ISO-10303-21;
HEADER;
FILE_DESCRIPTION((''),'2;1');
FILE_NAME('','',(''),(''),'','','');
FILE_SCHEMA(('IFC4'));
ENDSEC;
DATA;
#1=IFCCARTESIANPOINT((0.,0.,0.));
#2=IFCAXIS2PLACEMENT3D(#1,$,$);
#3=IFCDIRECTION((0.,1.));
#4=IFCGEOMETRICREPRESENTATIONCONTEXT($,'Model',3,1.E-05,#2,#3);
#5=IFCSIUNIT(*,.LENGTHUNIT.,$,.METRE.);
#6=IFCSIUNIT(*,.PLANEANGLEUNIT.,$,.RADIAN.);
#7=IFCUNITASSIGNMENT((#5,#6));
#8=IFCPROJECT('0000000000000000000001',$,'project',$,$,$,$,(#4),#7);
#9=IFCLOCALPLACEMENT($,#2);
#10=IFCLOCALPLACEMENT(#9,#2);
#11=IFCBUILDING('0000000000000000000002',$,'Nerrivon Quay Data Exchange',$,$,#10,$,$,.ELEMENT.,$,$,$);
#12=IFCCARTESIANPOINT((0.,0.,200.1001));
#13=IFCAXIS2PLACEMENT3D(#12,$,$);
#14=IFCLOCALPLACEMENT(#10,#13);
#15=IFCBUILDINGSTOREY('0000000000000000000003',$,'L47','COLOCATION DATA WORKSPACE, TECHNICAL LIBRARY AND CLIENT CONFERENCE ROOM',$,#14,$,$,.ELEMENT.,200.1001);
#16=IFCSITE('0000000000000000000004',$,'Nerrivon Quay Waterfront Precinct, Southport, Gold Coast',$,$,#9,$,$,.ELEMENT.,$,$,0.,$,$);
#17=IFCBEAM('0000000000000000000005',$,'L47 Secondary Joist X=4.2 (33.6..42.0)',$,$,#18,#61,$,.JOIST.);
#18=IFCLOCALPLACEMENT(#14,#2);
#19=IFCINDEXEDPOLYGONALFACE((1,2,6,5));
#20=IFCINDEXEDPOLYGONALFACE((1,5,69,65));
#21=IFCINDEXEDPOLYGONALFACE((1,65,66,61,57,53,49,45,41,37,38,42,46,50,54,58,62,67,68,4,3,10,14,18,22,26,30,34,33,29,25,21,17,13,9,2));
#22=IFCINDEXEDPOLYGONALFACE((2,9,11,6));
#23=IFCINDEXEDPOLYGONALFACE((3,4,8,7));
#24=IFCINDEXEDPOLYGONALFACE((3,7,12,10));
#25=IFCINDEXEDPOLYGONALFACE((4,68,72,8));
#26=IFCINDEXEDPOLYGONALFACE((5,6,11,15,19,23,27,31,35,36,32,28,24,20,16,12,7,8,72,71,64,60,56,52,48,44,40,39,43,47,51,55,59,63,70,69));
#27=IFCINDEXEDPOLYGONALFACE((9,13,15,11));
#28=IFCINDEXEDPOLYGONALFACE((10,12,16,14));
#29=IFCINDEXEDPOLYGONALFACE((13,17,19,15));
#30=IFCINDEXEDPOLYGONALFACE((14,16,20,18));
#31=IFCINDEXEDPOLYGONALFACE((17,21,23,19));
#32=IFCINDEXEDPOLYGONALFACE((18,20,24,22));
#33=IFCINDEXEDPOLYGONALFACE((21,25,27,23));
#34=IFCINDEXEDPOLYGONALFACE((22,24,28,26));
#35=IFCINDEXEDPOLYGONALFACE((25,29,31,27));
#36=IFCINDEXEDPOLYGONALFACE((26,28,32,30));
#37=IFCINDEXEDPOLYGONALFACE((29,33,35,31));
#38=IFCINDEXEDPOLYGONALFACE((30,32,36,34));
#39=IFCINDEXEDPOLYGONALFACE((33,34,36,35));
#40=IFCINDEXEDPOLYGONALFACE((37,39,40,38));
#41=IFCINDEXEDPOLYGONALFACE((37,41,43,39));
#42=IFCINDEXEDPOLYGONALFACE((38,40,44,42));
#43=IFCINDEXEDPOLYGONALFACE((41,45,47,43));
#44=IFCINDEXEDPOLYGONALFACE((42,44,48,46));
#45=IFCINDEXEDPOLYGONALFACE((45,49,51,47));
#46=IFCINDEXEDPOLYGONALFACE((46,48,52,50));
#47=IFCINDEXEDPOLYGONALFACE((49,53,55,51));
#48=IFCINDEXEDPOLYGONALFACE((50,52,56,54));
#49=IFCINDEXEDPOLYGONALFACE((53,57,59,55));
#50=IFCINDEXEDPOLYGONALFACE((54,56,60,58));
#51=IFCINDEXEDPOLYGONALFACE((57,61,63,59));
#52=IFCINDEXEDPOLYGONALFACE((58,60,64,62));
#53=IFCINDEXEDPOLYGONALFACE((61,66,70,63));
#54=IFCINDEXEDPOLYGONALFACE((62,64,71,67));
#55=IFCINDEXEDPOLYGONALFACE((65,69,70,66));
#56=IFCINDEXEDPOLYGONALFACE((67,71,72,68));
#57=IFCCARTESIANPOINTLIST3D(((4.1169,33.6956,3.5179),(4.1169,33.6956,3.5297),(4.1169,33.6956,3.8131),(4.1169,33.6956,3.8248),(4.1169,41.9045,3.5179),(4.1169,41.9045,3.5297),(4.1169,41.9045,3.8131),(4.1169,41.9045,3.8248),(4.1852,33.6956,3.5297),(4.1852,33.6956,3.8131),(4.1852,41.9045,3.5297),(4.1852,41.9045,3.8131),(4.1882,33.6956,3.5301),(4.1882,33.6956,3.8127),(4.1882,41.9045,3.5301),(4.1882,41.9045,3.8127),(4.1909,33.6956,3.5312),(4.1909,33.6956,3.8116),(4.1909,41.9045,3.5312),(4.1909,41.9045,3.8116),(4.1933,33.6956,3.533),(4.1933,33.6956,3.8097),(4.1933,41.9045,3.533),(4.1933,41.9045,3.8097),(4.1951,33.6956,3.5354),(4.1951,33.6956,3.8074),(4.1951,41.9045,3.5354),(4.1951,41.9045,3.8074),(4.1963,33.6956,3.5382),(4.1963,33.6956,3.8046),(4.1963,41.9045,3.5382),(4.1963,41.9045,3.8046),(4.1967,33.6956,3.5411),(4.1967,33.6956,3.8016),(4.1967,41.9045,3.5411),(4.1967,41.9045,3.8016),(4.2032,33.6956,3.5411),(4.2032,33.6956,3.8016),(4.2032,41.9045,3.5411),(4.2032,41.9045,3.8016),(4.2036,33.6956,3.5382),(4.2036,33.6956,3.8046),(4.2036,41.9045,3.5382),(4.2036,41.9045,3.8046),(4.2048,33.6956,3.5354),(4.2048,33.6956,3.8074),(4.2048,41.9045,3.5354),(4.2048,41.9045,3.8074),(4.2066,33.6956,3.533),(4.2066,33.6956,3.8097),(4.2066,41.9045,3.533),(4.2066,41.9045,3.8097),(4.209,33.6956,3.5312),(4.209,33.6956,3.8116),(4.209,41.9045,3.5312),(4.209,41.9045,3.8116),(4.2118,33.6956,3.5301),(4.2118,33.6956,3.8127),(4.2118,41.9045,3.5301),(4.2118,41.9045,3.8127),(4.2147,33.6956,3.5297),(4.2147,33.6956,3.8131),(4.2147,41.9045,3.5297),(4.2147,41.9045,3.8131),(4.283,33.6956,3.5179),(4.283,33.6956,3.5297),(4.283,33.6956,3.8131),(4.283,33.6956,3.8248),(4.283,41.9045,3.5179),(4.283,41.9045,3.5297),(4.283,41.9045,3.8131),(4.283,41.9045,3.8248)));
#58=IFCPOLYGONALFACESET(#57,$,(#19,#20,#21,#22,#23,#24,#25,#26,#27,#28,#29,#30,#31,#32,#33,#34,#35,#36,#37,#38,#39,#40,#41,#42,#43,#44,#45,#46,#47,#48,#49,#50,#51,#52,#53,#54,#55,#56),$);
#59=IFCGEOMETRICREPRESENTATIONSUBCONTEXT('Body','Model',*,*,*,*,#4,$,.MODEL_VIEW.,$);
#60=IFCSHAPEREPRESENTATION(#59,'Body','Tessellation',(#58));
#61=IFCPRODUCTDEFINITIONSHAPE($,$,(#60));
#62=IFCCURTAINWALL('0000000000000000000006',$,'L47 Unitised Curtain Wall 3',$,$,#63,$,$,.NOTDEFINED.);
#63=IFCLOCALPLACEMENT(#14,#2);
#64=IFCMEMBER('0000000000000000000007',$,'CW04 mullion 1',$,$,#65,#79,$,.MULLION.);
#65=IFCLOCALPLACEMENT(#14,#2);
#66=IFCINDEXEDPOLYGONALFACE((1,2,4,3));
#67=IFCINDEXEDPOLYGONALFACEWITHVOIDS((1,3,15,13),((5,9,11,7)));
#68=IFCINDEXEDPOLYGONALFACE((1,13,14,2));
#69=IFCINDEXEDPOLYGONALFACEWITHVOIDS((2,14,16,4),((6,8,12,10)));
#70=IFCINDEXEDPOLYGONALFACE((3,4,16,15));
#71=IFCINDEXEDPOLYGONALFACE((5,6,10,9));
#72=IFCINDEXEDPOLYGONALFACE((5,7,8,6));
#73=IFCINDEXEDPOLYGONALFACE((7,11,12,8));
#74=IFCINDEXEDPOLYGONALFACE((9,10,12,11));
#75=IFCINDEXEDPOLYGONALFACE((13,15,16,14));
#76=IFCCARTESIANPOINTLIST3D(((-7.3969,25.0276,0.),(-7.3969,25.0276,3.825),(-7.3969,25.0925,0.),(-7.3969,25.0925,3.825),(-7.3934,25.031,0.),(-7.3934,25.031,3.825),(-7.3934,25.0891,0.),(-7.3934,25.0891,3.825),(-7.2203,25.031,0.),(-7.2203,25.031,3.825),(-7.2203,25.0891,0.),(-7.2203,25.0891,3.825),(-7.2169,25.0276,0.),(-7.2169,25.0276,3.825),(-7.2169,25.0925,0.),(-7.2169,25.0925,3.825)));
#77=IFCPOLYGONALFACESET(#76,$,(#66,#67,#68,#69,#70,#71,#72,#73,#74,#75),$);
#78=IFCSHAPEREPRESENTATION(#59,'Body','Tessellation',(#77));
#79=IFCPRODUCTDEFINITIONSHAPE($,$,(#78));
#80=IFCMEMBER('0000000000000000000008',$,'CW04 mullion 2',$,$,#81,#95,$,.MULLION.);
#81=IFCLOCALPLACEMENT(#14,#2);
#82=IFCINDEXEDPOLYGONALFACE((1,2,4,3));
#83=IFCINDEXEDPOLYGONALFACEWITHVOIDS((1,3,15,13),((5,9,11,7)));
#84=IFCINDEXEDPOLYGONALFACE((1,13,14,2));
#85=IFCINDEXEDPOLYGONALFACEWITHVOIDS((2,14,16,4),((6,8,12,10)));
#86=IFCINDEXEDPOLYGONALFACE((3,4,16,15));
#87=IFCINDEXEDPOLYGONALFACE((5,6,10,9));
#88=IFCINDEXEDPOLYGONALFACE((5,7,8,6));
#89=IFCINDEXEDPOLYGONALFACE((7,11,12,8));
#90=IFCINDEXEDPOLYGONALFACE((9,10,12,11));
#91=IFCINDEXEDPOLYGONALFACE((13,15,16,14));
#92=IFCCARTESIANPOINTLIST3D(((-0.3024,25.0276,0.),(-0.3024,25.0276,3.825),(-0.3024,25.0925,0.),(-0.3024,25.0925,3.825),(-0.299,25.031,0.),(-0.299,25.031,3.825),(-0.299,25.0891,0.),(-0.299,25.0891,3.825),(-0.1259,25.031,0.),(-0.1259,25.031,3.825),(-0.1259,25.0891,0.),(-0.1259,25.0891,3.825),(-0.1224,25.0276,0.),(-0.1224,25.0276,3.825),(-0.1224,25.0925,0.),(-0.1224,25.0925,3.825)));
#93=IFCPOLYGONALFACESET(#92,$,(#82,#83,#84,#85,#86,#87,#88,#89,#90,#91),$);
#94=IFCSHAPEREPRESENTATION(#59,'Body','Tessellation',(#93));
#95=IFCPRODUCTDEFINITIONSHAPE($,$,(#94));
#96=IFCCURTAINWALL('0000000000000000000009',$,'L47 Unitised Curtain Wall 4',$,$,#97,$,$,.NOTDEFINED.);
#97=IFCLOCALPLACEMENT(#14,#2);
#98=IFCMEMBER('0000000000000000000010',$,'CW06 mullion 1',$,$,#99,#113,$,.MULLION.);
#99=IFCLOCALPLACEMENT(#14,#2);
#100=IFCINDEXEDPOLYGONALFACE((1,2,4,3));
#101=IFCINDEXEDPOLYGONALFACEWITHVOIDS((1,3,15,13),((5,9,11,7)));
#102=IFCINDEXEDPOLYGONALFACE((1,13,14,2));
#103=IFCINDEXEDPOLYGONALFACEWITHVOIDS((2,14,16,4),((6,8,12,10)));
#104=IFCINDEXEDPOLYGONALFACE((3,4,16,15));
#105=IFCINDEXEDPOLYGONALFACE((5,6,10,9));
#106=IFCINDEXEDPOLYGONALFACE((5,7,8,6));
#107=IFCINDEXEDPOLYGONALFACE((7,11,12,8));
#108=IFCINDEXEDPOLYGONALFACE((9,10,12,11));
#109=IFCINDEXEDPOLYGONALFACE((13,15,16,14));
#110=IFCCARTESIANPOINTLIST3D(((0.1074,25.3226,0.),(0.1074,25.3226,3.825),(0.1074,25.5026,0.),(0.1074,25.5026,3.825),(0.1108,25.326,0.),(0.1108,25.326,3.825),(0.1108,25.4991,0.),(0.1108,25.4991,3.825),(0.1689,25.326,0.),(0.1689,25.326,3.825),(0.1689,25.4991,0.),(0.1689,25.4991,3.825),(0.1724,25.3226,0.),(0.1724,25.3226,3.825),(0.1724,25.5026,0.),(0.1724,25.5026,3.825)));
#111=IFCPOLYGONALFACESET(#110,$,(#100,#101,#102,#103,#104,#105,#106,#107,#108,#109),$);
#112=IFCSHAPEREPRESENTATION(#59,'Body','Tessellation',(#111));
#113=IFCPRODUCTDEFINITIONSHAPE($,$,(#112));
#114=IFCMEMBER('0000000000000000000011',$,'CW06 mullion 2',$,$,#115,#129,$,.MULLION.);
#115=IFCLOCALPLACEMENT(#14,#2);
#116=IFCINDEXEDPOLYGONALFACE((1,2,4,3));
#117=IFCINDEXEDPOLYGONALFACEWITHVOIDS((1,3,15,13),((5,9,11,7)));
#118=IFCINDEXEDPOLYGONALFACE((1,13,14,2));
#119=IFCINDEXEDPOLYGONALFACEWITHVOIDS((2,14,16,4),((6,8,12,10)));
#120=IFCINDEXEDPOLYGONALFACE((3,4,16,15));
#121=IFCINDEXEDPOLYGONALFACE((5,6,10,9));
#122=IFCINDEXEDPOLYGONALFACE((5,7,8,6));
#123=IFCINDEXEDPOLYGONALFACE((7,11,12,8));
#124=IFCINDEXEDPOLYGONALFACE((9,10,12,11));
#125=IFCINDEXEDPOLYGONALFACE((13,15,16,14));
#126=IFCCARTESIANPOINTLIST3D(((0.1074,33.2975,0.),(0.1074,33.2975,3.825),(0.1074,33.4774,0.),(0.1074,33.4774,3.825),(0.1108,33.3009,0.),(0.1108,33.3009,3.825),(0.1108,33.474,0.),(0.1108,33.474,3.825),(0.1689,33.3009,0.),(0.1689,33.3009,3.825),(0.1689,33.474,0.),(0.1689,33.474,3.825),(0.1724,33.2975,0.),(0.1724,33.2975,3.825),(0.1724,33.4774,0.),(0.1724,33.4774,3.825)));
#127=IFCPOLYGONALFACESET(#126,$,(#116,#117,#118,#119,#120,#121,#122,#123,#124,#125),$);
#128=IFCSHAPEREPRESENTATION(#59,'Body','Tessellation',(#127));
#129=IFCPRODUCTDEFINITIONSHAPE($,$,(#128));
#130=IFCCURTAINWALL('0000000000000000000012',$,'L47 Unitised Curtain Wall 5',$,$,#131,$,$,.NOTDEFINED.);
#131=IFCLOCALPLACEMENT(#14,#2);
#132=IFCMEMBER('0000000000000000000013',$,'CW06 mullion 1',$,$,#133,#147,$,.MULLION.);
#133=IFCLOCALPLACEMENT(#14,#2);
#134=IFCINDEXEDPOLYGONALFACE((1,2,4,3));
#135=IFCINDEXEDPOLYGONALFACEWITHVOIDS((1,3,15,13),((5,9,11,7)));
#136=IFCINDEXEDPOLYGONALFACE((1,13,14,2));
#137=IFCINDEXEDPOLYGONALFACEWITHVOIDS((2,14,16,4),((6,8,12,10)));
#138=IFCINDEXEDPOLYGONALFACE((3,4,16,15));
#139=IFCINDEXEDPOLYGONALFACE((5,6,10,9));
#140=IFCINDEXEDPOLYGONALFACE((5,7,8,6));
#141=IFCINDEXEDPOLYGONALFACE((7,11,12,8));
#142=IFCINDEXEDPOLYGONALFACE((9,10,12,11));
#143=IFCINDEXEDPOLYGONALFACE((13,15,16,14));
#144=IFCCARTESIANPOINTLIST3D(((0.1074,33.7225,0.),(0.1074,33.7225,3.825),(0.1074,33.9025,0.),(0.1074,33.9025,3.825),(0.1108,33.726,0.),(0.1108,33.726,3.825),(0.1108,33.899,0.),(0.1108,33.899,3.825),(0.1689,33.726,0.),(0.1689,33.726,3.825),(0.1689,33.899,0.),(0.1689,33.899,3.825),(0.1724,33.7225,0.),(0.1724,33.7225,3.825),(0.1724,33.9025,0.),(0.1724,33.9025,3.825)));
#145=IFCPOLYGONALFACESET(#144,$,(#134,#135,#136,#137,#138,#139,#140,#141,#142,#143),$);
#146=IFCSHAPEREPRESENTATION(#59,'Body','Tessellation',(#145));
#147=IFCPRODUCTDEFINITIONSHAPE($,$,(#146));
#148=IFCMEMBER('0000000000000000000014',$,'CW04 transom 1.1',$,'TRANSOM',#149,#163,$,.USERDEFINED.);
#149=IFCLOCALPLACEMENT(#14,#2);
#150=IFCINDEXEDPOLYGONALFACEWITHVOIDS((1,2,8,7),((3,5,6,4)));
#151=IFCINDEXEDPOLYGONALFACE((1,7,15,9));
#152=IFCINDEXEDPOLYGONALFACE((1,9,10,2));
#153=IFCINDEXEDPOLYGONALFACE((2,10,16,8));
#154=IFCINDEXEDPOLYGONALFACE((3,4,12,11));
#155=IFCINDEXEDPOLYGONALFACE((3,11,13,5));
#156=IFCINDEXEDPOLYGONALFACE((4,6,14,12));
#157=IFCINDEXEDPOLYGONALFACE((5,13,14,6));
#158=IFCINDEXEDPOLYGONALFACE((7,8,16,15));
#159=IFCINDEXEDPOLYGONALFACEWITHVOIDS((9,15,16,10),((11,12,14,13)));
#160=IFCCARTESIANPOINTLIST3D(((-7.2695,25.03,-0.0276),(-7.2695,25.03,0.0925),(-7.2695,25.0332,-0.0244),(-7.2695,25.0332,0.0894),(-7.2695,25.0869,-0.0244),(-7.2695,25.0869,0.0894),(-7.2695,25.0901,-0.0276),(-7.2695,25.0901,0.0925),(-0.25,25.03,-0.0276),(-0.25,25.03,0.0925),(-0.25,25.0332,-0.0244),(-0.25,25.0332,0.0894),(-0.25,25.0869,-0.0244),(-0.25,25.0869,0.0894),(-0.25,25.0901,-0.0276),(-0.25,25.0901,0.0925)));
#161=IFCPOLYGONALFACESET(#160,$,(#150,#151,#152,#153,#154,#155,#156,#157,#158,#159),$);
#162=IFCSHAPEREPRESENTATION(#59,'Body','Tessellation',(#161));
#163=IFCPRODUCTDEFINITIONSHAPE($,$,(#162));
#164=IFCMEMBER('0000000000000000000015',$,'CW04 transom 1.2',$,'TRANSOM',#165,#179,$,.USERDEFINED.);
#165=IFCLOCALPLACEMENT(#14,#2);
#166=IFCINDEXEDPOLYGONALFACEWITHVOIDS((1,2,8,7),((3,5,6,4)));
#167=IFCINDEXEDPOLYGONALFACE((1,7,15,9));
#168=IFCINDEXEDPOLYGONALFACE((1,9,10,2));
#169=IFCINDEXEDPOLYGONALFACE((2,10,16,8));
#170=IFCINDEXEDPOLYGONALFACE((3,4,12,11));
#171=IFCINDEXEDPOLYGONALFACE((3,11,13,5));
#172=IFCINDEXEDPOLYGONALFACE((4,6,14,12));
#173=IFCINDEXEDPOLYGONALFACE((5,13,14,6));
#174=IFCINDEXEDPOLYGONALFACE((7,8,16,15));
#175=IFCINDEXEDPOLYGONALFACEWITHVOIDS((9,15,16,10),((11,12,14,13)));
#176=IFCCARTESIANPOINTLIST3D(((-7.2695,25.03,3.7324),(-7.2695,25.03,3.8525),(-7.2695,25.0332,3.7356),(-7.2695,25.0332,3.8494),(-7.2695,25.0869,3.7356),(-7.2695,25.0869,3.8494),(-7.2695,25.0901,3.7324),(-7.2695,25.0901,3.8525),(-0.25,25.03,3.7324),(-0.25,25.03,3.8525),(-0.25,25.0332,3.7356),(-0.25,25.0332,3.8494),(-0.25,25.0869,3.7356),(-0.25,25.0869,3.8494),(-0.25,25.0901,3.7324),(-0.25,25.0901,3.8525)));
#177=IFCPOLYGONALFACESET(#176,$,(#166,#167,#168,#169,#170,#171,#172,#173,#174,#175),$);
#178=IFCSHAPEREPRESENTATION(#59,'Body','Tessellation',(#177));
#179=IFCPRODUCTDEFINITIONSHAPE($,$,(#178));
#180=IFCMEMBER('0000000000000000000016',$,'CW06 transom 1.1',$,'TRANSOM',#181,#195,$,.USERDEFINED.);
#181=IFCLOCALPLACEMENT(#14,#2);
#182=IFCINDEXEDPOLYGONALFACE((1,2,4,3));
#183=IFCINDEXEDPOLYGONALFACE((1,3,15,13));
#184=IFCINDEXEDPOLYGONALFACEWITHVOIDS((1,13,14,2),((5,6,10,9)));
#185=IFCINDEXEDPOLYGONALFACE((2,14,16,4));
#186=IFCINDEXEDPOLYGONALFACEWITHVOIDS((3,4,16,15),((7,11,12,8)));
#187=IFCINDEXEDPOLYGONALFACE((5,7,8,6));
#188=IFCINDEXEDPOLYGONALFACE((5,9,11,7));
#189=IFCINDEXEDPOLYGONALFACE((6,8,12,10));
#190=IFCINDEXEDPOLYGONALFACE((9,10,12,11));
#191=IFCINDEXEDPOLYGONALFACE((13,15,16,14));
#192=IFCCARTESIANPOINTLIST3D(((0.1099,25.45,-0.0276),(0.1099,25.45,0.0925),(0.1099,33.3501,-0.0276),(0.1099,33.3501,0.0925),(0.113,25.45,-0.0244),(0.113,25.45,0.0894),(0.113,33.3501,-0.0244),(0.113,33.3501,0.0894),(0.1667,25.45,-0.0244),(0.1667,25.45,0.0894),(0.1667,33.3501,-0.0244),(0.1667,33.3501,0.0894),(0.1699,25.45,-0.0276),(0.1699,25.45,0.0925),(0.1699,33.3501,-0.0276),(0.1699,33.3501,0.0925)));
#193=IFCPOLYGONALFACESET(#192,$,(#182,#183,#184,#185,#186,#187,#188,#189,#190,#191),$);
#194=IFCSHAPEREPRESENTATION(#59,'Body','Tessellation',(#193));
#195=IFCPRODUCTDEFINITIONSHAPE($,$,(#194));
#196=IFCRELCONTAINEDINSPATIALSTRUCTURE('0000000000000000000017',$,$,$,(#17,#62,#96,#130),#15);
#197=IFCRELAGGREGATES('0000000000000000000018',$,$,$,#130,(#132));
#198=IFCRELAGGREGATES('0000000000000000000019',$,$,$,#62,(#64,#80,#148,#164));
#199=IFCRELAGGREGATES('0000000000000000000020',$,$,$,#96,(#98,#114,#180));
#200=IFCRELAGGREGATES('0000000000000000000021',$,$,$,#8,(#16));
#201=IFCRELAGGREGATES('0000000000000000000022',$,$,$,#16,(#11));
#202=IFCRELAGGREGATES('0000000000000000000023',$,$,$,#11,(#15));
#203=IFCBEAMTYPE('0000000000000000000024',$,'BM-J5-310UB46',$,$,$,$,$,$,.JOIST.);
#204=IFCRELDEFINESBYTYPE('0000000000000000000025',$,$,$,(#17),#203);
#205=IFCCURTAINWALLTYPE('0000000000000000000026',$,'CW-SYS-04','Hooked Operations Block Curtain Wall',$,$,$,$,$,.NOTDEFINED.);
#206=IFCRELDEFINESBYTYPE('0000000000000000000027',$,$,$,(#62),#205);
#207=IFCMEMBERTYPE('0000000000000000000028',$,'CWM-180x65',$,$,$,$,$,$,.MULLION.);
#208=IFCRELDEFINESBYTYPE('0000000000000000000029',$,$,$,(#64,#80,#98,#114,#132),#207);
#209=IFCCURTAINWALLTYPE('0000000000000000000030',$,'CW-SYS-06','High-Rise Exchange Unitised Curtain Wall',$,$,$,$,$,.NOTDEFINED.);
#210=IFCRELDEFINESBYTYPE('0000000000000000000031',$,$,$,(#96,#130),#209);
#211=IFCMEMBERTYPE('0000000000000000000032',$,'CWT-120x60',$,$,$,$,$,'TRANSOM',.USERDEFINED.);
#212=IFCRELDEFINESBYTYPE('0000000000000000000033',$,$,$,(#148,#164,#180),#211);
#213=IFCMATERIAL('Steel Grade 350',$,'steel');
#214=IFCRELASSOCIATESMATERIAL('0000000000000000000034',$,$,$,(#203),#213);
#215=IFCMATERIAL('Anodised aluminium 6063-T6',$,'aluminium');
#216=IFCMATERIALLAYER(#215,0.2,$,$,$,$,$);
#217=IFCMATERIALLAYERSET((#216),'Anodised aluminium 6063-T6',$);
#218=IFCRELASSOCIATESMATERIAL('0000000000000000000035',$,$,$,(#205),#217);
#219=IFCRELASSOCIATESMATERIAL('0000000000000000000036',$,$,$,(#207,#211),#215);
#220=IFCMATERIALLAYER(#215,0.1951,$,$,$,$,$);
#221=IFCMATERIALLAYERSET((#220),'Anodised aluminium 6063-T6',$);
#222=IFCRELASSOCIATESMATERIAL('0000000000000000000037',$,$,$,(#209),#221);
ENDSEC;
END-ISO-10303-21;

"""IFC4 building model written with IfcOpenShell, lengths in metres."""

from ifc_helpers import new_model, si_unit, direction, frame, origin, origin_2d, place, context, subcontext, project, spatial, hollow_rectangle, i_section, extrude, material, layer, layer_set, material_profile, profile_set, type_object, element, aggregate, save


model = new_model("IFC4")

# Units and contexts
model_context = context("Model", 3, precision=1e-05, world=origin(), true_north=direction((0.0, 1.0)))
body_context = subcontext(model_context, "Body", "Model", "MODEL_VIEW")
ifc_project = project(units=[si_unit("LENGTHUNIT", "METRE"), si_unit("PLANEANGLEUNIT", "RADIAN")], contexts=[model_context])

# Site, building, storey
site_placement = place(None, origin())
site = spatial("IfcSite", under=ifc_project, at=site_placement, Name="Nerrivon Quay Waterfront Precinct, Southport, Gold Coast", CompositionType="ELEMENT", RefElevation=0.0)
building_placement = place(site_placement, origin())
building = spatial("IfcBuilding", under=site, at=building_placement, Name="Nerrivon Quay Data Exchange", CompositionType="ELEMENT")
storey_placement = place(building_placement, frame((0.0, 0.0, 200.1001)))
storey = spatial("IfcBuildingStorey", under=building, at=storey_placement, Name="L47", Description="COLOCATION DATA WORKSPACE, TECHNICAL LIBRARY AND CLIENT CONFERENCE ROOM", CompositionType="ELEMENT", Elevation=200.1001)

# Shared definitions
ifc_material_1 = material(Name="Steel Grade 350", Category="steel")

# Beam
ifc_material_profile_1 = material_profile(ifc_material_1, i_section(OverallWidth=0.166, OverallDepth=0.3069, WebThickness=0.0066, FlangeThickness=0.0117, FilletRadius=0.0115, at=origin_2d()), Name="310UB46.2")
ifc_profile_set_1 = profile_set([ifc_material_profile_1], Name="Steel Grade 350")
beam_type_1 = type_object("IfcBeamType", Name="BM-J5-310UB46", PredefinedType="JOIST", material=ifc_profile_set_1)
beam_1_placement = place(storey_placement, frame((4.2, 33.6956, 3.6714), z_axis=(0.0, 1.0, 0.0), x_axis=(-1.0, 0.0, 0.0)))
element("IfcBeam", 1, at=beam_1_placement, inside=storey, type_object=beam_type_1, Name="L47 Secondary Joist X=4.2 (33.6..42.0)", PredefinedType="JOIST", context=body_context, shape_type="SweptSolid", body=[
    extrude(i_section(OverallWidth=0.166, OverallDepth=0.3069, WebThickness=0.0066, FlangeThickness=0.0117, FilletRadius=0.0115, at=origin_2d()), origin(), (0.0, 0.0, 1.0), 8.209),
])

# Curtain walls, members
ifc_material_2 = material(Name="Anodised aluminium 6063-T6", Category="aluminium")
ifc_layer_1 = layer(ifc_material_2, 0.2)
ifc_layer_set_1 = layer_set([ifc_layer_1], Name="Anodised aluminium 6063-T6")
curtain_wall_type_1 = type_object("IfcCurtainWallType", Name="CW-SYS-04", Description="Hooked Operations Block Curtain Wall", PredefinedType="NOTDEFINED", material=ifc_layer_set_1)
curtain_wall_1_placement = place(storey_placement, origin())
curtain_wall_1 = element("IfcCurtainWall", 2, at=curtain_wall_1_placement, inside=storey, type_object=curtain_wall_type_1, Name="L47 Unitised Curtain Wall 3", PredefinedType="NOTDEFINED")
ifc_material_profile_2 = material_profile(ifc_material_2, hollow_rectangle(XDim=0.0649, YDim=0.1799, WallThickness=0.0034, at=origin_2d()), Name="ALU-MULL-180x65")
ifc_profile_set_2 = profile_set([ifc_material_profile_2], Name="Anodised aluminium 6063-T6")
member_type_1 = type_object("IfcMemberType", Name="CWM-180x65", PredefinedType="MULLION", material=ifc_profile_set_2)
member_1_placement = place(storey_placement, frame((-7.3069, 25.0601, 0.0), z_axis=(0.0, 0.0, 1.0), x_axis=(0.0, 1.0, 0.0)))
member_1 = element("IfcMember", 3, at=member_1_placement, type_object=member_type_1, Name="CW04 mullion 1", PredefinedType="MULLION", context=body_context, shape_type="SweptSolid", body=[
    extrude(hollow_rectangle(XDim=0.0649, YDim=0.1799, WallThickness=0.0034, at=origin_2d()), origin(), (0.0, 0.0, 1.0), 3.825),
])
member_2_placement = place(storey_placement, frame((-0.2124, 25.0601, 0.0), z_axis=(0.0, 0.0, 1.0), x_axis=(0.0, 1.0, 0.0)))
member_2 = element("IfcMember", 4, at=member_2_placement, type_object=member_type_1, Name="CW04 mullion 2", PredefinedType="MULLION", context=body_context, shape_type="SweptSolid", body=[
    extrude(hollow_rectangle(XDim=0.0649, YDim=0.1799, WallThickness=0.0034, at=origin_2d()), origin(), (0.0, 0.0, 1.0), 3.825),
])
ifc_layer_2 = layer(ifc_material_2, 0.1951)
ifc_layer_set_2 = layer_set([ifc_layer_2], Name="Anodised aluminium 6063-T6")
curtain_wall_type_2 = type_object("IfcCurtainWallType", Name="CW-SYS-06", Description="High-Rise Exchange Unitised Curtain Wall", PredefinedType="NOTDEFINED", material=ifc_layer_set_2)
curtain_wall_2_placement = place(storey_placement, origin())
curtain_wall_2 = element("IfcCurtainWall", 5, at=curtain_wall_2_placement, inside=storey, type_object=curtain_wall_type_2, Name="L47 Unitised Curtain Wall 4", PredefinedType="NOTDEFINED")
member_3_placement = place(storey_placement, frame((0.1399, 25.4126, 0.0), z_axis=(0.0, 0.0, 1.0), x_axis=(-1.0, 0.0, 0.0)))
member_3 = element("IfcMember", 6, at=member_3_placement, type_object=member_type_1, Name="CW06 mullion 1", PredefinedType="MULLION", context=body_context, shape_type="SweptSolid", body=[
    extrude(hollow_rectangle(XDim=0.0649, YDim=0.1799, WallThickness=0.0034, at=origin_2d()), origin(), (0.0, 0.0, 1.0), 3.825),
])
member_4_placement = place(storey_placement, frame((0.1399, 33.3875, 0.0), z_axis=(0.0, 0.0, 1.0), x_axis=(-1.0, 0.0, 0.0)))
member_4 = element("IfcMember", 7, at=member_4_placement, type_object=member_type_1, Name="CW06 mullion 2", PredefinedType="MULLION", context=body_context, shape_type="SweptSolid", body=[
    extrude(hollow_rectangle(XDim=0.0649, YDim=0.1799, WallThickness=0.0034, at=origin_2d()), origin(), (0.0, 0.0, 1.0), 3.825),
])

# Curtain wall, member
curtain_wall_3_placement = place(storey_placement, origin())
curtain_wall_3 = element("IfcCurtainWall", 8, at=curtain_wall_3_placement, inside=storey, type_object=curtain_wall_type_2, Name="L47 Unitised Curtain Wall 5", PredefinedType="NOTDEFINED")
member_5_placement = place(storey_placement, frame((0.1399, 33.8125, 0.0), z_axis=(0.0, 0.0, 1.0), x_axis=(-1.0, 0.0, 0.0)))
member_5 = element("IfcMember", 9, at=member_5_placement, type_object=member_type_1, Name="CW06 mullion 1", PredefinedType="MULLION", context=body_context, shape_type="SweptSolid", body=[
    extrude(hollow_rectangle(XDim=0.0649, YDim=0.1799, WallThickness=0.0034, at=origin_2d()), origin(), (0.0, 0.0, 1.0), 3.825),
])

# Members
ifc_material_profile_3 = material_profile(ifc_material_2, hollow_rectangle(XDim=0.0601, YDim=0.1201, WallThickness=0.0032, at=origin_2d()), Name="ALU-TRAN-120x60")
ifc_profile_set_3 = profile_set([ifc_material_profile_3], Name="Anodised aluminium 6063-T6")
member_type_2 = type_object("IfcMemberType", Name="CWT-120x60", ElementType="TRANSOM", PredefinedType="USERDEFINED", material=ifc_profile_set_3)
member_6_placement = place(storey_placement, frame((-7.2695, 25.0601, 0.0325), z_axis=(1.0, 0.0, 0.0), x_axis=(0.0, 1.0, 0.0)))
member_6 = element("IfcMember", 10, at=member_6_placement, type_object=member_type_2, Name="CW04 transom 1.1", ObjectType="TRANSOM", PredefinedType="USERDEFINED", context=body_context, shape_type="SweptSolid", body=[
    extrude(hollow_rectangle(XDim=0.0601, YDim=0.1201, WallThickness=0.0032, at=origin_2d()), origin(), (0.0, 0.0, 1.0), 7.0195),
])
member_7_placement = place(storey_placement, frame((-7.2695, 25.0601, 3.7925), z_axis=(1.0, 0.0, 0.0), x_axis=(0.0, 1.0, 0.0)))
member_7 = element("IfcMember", 11, at=member_7_placement, type_object=member_type_2, Name="CW04 transom 1.2", ObjectType="TRANSOM", PredefinedType="USERDEFINED", context=body_context, shape_type="SweptSolid", body=[
    extrude(hollow_rectangle(XDim=0.0601, YDim=0.1201, WallThickness=0.0032, at=origin_2d()), origin(), (0.0, 0.0, 1.0), 7.0195),
])
member_8_placement = place(storey_placement, frame((0.1399, 25.45, 0.0325), z_axis=(0.0, 1.0, 0.0), x_axis=(-1.0, 0.0, 0.0)))
member_8 = element("IfcMember", 12, at=member_8_placement, type_object=member_type_2, Name="CW06 transom 1.1", ObjectType="TRANSOM", PredefinedType="USERDEFINED", context=body_context, shape_type="SweptSolid", body=[
    extrude(hollow_rectangle(XDim=0.0601, YDim=0.1201, WallThickness=0.0032, at=origin_2d()), origin(), (0.0, 0.0, 1.0), 7.9001),
])
aggregate(curtain_wall_3, [member_5])

aggregate(curtain_wall_1, [member_1, member_2, member_6, member_7])
aggregate(curtain_wall_2, [member_3, member_4, member_8])

save(model, "model.ifc")
